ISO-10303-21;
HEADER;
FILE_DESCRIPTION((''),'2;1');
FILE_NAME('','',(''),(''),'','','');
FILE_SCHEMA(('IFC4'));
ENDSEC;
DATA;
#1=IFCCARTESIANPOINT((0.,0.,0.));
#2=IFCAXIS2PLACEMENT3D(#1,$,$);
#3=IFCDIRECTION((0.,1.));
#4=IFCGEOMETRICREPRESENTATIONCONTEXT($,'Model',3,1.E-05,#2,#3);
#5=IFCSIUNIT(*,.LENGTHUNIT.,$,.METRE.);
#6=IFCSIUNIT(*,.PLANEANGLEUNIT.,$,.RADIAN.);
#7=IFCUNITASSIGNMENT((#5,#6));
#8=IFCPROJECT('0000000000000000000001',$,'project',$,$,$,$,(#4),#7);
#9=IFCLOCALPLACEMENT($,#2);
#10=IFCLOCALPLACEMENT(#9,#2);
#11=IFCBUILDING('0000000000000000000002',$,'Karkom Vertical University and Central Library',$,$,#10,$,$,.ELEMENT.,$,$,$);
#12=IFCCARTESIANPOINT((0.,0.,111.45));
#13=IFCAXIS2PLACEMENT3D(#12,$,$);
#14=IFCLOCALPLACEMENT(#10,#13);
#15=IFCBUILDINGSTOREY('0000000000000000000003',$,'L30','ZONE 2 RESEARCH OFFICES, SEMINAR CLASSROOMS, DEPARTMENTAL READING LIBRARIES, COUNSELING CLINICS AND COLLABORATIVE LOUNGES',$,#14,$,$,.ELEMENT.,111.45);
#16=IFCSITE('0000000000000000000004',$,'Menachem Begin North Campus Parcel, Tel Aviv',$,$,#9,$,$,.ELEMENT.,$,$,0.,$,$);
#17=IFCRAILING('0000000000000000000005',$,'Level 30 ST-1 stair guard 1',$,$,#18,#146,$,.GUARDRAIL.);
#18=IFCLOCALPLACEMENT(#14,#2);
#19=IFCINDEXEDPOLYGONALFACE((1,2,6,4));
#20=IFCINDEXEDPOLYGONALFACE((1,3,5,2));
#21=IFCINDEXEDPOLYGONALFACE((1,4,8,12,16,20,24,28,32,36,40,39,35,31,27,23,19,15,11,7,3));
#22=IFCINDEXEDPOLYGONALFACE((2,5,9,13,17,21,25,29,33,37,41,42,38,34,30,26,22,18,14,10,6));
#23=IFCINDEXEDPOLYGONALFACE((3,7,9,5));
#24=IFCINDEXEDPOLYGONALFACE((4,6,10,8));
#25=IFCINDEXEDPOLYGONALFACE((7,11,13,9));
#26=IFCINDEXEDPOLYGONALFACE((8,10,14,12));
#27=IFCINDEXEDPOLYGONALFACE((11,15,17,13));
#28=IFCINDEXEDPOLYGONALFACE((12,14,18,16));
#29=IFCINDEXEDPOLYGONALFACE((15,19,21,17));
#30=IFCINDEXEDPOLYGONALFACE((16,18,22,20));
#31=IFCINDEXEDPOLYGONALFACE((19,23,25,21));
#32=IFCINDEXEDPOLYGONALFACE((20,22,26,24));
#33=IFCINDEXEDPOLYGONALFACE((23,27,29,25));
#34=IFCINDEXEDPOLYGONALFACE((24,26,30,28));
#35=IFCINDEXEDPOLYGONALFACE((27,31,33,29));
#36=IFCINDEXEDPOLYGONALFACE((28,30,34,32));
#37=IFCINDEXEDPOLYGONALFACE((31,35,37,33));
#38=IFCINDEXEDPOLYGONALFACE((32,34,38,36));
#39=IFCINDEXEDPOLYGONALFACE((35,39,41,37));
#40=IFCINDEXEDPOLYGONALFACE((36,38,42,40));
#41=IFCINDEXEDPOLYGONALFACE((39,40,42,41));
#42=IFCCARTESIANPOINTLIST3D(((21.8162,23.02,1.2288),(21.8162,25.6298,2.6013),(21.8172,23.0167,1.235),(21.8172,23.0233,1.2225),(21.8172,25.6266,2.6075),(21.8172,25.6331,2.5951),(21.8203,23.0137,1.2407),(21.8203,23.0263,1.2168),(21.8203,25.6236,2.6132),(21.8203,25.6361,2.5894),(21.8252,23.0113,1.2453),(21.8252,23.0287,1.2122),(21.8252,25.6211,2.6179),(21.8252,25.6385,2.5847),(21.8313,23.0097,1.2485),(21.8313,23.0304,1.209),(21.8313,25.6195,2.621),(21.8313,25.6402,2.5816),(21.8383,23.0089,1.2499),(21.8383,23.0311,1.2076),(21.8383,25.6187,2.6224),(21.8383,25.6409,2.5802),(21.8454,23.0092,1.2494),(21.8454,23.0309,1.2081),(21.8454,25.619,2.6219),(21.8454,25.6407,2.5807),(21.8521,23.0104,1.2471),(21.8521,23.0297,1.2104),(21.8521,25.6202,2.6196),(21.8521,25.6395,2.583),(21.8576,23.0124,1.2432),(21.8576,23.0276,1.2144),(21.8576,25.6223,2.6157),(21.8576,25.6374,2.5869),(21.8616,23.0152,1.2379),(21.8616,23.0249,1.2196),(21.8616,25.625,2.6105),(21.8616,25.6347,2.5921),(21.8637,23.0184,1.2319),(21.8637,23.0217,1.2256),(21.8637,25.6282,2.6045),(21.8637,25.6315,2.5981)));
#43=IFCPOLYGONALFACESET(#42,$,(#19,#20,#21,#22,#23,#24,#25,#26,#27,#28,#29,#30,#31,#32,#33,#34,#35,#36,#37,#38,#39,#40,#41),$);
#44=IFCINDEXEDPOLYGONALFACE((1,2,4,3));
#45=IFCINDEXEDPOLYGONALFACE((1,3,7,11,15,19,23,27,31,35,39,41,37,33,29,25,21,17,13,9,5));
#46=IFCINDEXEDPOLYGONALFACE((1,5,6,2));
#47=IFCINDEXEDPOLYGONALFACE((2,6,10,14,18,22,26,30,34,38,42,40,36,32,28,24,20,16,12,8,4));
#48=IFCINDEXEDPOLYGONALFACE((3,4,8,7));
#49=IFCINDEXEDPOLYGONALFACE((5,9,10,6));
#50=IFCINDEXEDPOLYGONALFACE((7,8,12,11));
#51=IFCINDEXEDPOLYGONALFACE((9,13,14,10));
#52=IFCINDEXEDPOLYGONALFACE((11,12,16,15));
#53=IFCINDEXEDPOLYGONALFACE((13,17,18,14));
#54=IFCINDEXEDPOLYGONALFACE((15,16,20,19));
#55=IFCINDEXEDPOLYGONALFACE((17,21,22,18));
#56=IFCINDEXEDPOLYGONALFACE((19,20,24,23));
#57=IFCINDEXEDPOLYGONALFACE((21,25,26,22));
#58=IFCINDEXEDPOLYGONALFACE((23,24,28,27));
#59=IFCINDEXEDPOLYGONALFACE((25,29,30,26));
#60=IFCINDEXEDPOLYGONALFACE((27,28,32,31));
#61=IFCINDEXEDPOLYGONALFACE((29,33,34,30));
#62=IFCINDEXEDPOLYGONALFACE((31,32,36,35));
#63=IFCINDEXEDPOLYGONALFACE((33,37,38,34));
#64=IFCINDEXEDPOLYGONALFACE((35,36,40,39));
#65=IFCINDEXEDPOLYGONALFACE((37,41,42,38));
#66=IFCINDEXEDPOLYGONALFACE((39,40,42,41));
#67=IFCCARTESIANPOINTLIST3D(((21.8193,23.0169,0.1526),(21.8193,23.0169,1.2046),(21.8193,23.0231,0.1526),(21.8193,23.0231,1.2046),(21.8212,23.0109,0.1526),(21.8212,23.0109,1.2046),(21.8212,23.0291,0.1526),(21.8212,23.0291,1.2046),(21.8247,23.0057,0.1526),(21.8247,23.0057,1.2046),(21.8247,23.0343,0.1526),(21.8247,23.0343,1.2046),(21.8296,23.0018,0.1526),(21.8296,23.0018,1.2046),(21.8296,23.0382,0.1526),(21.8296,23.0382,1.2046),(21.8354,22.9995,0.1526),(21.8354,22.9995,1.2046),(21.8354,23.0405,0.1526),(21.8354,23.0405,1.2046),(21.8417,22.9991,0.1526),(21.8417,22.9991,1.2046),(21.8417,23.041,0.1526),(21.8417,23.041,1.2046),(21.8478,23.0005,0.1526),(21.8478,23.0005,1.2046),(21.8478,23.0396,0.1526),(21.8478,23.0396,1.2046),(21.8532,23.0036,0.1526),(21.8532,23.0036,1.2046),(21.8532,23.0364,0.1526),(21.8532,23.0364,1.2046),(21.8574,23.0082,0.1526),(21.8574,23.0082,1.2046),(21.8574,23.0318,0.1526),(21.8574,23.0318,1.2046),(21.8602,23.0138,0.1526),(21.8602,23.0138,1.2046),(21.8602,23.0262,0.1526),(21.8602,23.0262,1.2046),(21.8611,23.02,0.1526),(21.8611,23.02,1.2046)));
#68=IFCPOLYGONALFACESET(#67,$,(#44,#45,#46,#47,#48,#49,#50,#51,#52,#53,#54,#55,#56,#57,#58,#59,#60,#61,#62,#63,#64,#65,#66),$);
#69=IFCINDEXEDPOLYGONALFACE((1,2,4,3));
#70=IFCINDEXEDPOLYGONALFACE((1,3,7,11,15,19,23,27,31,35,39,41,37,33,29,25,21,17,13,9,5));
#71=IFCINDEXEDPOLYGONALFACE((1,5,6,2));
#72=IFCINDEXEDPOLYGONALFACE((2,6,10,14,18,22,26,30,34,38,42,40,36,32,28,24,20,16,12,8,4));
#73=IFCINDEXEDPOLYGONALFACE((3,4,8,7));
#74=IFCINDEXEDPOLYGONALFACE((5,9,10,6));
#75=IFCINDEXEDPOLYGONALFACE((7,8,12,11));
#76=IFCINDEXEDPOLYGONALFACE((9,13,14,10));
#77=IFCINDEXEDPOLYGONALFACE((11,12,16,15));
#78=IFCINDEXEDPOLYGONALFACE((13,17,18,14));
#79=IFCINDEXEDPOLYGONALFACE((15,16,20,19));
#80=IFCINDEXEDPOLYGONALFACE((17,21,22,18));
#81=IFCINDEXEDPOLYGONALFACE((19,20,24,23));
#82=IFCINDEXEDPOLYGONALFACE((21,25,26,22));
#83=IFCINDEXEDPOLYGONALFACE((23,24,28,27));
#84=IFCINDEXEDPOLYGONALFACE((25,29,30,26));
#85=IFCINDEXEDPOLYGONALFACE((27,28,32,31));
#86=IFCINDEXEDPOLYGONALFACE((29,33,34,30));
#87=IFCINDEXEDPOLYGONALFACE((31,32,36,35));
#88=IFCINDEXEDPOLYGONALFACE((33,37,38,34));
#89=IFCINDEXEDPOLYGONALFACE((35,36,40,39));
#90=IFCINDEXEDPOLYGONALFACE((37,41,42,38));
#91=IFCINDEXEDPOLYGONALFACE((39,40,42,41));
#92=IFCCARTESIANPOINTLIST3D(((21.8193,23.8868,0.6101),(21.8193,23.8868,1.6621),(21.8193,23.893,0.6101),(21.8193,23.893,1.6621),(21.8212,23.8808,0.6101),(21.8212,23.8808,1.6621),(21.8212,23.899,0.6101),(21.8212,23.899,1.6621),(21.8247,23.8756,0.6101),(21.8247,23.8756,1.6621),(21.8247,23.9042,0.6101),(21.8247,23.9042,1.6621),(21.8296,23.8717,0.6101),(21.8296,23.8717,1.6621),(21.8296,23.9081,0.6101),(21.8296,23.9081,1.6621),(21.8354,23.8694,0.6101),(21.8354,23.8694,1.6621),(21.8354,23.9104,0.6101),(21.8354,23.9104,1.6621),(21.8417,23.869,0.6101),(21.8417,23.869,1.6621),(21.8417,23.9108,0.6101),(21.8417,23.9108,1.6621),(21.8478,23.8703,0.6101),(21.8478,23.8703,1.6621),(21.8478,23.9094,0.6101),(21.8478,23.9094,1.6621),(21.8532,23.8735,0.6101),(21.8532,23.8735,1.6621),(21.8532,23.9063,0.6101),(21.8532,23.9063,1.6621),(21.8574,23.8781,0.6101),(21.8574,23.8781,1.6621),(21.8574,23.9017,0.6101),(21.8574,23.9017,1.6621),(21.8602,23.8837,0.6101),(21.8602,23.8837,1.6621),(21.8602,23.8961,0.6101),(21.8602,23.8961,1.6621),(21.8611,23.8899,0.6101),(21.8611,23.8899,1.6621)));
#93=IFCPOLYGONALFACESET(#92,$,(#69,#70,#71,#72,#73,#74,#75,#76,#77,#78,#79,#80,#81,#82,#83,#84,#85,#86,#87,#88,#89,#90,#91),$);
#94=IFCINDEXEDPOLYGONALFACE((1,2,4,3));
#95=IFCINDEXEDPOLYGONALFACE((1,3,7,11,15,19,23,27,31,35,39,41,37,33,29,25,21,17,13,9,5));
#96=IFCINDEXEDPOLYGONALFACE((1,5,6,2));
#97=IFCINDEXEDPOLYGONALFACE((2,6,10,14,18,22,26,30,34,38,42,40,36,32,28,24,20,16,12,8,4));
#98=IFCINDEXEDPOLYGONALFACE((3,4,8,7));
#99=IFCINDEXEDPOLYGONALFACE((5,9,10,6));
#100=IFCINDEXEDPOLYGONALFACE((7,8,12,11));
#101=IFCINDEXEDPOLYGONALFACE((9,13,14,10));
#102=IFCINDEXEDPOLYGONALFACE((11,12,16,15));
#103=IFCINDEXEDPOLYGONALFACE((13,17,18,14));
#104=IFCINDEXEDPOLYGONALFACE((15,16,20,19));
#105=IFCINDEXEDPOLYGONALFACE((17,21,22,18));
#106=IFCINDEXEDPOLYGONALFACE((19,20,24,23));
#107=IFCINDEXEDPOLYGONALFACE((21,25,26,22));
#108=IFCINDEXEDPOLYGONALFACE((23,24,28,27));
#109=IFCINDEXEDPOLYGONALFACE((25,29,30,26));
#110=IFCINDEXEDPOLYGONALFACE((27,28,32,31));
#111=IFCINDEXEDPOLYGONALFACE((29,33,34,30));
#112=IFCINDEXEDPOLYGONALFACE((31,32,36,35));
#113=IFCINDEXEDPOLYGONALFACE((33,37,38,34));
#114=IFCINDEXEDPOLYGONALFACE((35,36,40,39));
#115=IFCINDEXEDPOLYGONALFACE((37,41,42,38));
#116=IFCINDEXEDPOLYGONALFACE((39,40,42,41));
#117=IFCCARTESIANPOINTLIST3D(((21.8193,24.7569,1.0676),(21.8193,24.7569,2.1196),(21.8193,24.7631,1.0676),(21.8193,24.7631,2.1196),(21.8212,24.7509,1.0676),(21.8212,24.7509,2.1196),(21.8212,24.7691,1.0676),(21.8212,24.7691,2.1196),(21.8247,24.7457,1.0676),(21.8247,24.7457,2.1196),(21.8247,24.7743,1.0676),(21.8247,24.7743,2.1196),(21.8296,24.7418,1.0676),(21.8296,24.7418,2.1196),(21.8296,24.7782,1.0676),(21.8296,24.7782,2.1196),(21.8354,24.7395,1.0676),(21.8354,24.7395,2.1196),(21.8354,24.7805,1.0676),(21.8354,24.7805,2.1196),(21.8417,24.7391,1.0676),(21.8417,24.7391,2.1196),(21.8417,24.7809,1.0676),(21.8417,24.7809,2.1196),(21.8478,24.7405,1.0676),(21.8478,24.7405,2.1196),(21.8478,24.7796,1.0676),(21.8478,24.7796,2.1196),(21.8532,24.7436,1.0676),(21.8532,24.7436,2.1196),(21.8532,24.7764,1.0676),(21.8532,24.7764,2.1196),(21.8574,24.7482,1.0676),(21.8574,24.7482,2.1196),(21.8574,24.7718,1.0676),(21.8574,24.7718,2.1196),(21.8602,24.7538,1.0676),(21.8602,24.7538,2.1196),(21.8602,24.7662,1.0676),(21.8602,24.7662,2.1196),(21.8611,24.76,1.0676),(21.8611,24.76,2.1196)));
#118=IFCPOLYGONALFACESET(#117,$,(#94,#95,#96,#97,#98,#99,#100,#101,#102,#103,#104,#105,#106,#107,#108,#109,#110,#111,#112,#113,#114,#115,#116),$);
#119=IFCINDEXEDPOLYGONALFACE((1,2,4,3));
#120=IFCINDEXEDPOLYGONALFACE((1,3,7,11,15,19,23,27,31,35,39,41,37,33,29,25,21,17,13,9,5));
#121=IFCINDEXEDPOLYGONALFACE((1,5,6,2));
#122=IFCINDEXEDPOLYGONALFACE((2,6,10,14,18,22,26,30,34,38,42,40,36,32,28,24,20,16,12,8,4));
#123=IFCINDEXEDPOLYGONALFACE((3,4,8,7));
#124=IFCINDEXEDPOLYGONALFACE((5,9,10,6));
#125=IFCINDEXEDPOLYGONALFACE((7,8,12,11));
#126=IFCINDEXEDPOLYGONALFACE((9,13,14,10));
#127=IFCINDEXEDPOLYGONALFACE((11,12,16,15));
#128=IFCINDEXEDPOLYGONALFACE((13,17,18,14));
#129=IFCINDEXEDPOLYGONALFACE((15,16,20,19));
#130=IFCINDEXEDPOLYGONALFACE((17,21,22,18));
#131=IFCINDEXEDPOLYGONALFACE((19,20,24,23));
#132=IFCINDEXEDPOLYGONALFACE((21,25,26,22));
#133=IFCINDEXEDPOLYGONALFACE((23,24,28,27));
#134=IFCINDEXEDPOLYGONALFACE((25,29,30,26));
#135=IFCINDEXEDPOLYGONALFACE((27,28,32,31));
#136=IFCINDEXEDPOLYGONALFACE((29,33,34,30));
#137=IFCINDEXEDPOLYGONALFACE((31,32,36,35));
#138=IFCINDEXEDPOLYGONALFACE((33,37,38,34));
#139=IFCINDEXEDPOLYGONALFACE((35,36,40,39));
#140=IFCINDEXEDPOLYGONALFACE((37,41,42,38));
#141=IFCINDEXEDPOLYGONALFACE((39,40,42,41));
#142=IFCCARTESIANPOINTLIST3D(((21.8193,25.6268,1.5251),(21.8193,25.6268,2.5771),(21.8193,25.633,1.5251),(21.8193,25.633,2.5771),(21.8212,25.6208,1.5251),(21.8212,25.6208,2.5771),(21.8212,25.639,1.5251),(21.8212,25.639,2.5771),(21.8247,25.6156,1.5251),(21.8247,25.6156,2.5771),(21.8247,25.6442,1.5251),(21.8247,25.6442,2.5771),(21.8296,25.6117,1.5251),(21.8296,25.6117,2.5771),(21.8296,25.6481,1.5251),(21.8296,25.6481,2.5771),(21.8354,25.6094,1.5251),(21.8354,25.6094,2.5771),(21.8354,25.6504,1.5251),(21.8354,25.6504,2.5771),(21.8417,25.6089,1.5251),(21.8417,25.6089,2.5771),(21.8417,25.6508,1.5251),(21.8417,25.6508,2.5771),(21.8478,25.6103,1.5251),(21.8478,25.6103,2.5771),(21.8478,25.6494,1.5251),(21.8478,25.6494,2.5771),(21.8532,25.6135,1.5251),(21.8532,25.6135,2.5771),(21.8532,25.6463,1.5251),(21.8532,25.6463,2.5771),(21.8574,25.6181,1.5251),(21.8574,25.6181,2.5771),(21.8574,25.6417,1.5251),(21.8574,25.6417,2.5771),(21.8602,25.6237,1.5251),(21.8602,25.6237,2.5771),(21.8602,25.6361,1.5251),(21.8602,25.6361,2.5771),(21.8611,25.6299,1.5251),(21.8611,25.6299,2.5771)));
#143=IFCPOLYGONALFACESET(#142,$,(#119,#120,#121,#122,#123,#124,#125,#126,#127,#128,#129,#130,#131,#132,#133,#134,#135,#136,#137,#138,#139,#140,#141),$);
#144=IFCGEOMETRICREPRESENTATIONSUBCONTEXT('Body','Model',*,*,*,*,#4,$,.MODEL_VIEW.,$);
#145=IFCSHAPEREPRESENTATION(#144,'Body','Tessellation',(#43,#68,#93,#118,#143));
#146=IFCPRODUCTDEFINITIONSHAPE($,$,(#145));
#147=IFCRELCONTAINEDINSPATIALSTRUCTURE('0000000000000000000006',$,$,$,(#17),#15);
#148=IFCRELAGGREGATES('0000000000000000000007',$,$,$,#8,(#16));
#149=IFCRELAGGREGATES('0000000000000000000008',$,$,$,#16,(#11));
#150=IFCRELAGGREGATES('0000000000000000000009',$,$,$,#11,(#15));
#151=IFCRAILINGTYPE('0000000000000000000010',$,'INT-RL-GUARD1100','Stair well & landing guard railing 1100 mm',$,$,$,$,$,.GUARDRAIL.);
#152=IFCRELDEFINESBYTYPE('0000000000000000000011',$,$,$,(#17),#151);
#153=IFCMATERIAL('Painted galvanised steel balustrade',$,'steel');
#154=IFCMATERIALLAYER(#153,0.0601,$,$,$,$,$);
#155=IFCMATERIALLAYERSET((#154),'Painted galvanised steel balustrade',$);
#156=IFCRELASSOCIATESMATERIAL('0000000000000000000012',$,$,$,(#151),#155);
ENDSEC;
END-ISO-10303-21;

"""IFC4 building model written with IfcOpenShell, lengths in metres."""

from ifc_helpers import new_model, si_unit, direction, frame, origin, origin_2d, place, context, subcontext, project, spatial, circle, extrude, material, layer, layer_set, type_object, element, save


model = new_model("IFC4")

# Units and contexts
model_context = context("Model", 3, precision=1e-05, world=origin(), true_north=direction((0.0, 1.0)))
body_context = subcontext(model_context, "Body", "Model", "MODEL_VIEW")
ifc_project = project(units=[si_unit("LENGTHUNIT", "METRE"), si_unit("PLANEANGLEUNIT", "RADIAN")], contexts=[model_context])

# Site, building, storey
site_placement = place(None, origin())
site = spatial("IfcSite", under=ifc_project, at=site_placement, Name="Menachem Begin North Campus Parcel, Tel Aviv", CompositionType="ELEMENT", RefElevation=0.0)
building_placement = place(site_placement, origin())
building = spatial("IfcBuilding", under=site, at=building_placement, Name="Karkom Vertical University and Central Library", CompositionType="ELEMENT")
storey_placement = place(building_placement, frame((0.0, 0.0, 111.45)))
storey = spatial("IfcBuildingStorey", under=building, at=storey_placement, Name="L30", Description="ZONE 2 RESEARCH OFFICES, SEMINAR CLASSROOMS, DEPARTMENTAL READING LIBRARIES, COUNSELING CLINICS AND COLLABORATIVE LOUNGES", CompositionType="ELEMENT", Elevation=111.45)

# Railing
ifc_material_1 = material(Name="Painted galvanised steel balustrade", Category="steel")
ifc_layer_1 = layer(ifc_material_1, 0.0601)
ifc_layer_set_1 = layer_set([ifc_layer_1], Name="Painted galvanised steel balustrade")
railing_type_1 = type_object("IfcRailingType", Name="INT-RL-GUARD1100", Description="Stair well & landing guard railing 1100 mm", PredefinedType="GUARDRAIL", material=ifc_layer_set_1)
railing_1_placement = place(storey_placement, frame((21.8401, 23.02, 0.1526)))
element("IfcRailing", 1, at=railing_1_placement, inside=storey, type_object=railing_type_1, Name="Level 30 ST-1 stair guard 1", PredefinedType="GUARDRAIL", context=body_context, shape_type="SweptSolid", body=[
    extrude(circle(Radius=0.0239, at=origin_2d()), frame((0.0, 0.0, 1.0762), z_axis=(0.0, 0.885065, 0.465467), x_axis=(-1.0, 0.0, 0.0)), (0.0, 0.0, 1.0), 2.9487),
    extrude(circle(Radius=0.021, at=origin_2d()), origin(), (0.0, 0.0, 1.0), 1.052),
    extrude(circle(Radius=0.021, at=origin_2d()), frame((0.0, 0.8699, 0.4575)), (0.0, 0.0, 1.0), 1.052),
    extrude(circle(Radius=0.021, at=origin_2d()), frame((0.0, 1.74, 0.915)), (0.0, 0.0, 1.0), 1.052),
    extrude(circle(Radius=0.021, at=origin_2d()), frame((0.0, 2.6099, 1.3726)), (0.0, 0.0, 1.0), 1.052),
])

save(model, "model.ifc")
